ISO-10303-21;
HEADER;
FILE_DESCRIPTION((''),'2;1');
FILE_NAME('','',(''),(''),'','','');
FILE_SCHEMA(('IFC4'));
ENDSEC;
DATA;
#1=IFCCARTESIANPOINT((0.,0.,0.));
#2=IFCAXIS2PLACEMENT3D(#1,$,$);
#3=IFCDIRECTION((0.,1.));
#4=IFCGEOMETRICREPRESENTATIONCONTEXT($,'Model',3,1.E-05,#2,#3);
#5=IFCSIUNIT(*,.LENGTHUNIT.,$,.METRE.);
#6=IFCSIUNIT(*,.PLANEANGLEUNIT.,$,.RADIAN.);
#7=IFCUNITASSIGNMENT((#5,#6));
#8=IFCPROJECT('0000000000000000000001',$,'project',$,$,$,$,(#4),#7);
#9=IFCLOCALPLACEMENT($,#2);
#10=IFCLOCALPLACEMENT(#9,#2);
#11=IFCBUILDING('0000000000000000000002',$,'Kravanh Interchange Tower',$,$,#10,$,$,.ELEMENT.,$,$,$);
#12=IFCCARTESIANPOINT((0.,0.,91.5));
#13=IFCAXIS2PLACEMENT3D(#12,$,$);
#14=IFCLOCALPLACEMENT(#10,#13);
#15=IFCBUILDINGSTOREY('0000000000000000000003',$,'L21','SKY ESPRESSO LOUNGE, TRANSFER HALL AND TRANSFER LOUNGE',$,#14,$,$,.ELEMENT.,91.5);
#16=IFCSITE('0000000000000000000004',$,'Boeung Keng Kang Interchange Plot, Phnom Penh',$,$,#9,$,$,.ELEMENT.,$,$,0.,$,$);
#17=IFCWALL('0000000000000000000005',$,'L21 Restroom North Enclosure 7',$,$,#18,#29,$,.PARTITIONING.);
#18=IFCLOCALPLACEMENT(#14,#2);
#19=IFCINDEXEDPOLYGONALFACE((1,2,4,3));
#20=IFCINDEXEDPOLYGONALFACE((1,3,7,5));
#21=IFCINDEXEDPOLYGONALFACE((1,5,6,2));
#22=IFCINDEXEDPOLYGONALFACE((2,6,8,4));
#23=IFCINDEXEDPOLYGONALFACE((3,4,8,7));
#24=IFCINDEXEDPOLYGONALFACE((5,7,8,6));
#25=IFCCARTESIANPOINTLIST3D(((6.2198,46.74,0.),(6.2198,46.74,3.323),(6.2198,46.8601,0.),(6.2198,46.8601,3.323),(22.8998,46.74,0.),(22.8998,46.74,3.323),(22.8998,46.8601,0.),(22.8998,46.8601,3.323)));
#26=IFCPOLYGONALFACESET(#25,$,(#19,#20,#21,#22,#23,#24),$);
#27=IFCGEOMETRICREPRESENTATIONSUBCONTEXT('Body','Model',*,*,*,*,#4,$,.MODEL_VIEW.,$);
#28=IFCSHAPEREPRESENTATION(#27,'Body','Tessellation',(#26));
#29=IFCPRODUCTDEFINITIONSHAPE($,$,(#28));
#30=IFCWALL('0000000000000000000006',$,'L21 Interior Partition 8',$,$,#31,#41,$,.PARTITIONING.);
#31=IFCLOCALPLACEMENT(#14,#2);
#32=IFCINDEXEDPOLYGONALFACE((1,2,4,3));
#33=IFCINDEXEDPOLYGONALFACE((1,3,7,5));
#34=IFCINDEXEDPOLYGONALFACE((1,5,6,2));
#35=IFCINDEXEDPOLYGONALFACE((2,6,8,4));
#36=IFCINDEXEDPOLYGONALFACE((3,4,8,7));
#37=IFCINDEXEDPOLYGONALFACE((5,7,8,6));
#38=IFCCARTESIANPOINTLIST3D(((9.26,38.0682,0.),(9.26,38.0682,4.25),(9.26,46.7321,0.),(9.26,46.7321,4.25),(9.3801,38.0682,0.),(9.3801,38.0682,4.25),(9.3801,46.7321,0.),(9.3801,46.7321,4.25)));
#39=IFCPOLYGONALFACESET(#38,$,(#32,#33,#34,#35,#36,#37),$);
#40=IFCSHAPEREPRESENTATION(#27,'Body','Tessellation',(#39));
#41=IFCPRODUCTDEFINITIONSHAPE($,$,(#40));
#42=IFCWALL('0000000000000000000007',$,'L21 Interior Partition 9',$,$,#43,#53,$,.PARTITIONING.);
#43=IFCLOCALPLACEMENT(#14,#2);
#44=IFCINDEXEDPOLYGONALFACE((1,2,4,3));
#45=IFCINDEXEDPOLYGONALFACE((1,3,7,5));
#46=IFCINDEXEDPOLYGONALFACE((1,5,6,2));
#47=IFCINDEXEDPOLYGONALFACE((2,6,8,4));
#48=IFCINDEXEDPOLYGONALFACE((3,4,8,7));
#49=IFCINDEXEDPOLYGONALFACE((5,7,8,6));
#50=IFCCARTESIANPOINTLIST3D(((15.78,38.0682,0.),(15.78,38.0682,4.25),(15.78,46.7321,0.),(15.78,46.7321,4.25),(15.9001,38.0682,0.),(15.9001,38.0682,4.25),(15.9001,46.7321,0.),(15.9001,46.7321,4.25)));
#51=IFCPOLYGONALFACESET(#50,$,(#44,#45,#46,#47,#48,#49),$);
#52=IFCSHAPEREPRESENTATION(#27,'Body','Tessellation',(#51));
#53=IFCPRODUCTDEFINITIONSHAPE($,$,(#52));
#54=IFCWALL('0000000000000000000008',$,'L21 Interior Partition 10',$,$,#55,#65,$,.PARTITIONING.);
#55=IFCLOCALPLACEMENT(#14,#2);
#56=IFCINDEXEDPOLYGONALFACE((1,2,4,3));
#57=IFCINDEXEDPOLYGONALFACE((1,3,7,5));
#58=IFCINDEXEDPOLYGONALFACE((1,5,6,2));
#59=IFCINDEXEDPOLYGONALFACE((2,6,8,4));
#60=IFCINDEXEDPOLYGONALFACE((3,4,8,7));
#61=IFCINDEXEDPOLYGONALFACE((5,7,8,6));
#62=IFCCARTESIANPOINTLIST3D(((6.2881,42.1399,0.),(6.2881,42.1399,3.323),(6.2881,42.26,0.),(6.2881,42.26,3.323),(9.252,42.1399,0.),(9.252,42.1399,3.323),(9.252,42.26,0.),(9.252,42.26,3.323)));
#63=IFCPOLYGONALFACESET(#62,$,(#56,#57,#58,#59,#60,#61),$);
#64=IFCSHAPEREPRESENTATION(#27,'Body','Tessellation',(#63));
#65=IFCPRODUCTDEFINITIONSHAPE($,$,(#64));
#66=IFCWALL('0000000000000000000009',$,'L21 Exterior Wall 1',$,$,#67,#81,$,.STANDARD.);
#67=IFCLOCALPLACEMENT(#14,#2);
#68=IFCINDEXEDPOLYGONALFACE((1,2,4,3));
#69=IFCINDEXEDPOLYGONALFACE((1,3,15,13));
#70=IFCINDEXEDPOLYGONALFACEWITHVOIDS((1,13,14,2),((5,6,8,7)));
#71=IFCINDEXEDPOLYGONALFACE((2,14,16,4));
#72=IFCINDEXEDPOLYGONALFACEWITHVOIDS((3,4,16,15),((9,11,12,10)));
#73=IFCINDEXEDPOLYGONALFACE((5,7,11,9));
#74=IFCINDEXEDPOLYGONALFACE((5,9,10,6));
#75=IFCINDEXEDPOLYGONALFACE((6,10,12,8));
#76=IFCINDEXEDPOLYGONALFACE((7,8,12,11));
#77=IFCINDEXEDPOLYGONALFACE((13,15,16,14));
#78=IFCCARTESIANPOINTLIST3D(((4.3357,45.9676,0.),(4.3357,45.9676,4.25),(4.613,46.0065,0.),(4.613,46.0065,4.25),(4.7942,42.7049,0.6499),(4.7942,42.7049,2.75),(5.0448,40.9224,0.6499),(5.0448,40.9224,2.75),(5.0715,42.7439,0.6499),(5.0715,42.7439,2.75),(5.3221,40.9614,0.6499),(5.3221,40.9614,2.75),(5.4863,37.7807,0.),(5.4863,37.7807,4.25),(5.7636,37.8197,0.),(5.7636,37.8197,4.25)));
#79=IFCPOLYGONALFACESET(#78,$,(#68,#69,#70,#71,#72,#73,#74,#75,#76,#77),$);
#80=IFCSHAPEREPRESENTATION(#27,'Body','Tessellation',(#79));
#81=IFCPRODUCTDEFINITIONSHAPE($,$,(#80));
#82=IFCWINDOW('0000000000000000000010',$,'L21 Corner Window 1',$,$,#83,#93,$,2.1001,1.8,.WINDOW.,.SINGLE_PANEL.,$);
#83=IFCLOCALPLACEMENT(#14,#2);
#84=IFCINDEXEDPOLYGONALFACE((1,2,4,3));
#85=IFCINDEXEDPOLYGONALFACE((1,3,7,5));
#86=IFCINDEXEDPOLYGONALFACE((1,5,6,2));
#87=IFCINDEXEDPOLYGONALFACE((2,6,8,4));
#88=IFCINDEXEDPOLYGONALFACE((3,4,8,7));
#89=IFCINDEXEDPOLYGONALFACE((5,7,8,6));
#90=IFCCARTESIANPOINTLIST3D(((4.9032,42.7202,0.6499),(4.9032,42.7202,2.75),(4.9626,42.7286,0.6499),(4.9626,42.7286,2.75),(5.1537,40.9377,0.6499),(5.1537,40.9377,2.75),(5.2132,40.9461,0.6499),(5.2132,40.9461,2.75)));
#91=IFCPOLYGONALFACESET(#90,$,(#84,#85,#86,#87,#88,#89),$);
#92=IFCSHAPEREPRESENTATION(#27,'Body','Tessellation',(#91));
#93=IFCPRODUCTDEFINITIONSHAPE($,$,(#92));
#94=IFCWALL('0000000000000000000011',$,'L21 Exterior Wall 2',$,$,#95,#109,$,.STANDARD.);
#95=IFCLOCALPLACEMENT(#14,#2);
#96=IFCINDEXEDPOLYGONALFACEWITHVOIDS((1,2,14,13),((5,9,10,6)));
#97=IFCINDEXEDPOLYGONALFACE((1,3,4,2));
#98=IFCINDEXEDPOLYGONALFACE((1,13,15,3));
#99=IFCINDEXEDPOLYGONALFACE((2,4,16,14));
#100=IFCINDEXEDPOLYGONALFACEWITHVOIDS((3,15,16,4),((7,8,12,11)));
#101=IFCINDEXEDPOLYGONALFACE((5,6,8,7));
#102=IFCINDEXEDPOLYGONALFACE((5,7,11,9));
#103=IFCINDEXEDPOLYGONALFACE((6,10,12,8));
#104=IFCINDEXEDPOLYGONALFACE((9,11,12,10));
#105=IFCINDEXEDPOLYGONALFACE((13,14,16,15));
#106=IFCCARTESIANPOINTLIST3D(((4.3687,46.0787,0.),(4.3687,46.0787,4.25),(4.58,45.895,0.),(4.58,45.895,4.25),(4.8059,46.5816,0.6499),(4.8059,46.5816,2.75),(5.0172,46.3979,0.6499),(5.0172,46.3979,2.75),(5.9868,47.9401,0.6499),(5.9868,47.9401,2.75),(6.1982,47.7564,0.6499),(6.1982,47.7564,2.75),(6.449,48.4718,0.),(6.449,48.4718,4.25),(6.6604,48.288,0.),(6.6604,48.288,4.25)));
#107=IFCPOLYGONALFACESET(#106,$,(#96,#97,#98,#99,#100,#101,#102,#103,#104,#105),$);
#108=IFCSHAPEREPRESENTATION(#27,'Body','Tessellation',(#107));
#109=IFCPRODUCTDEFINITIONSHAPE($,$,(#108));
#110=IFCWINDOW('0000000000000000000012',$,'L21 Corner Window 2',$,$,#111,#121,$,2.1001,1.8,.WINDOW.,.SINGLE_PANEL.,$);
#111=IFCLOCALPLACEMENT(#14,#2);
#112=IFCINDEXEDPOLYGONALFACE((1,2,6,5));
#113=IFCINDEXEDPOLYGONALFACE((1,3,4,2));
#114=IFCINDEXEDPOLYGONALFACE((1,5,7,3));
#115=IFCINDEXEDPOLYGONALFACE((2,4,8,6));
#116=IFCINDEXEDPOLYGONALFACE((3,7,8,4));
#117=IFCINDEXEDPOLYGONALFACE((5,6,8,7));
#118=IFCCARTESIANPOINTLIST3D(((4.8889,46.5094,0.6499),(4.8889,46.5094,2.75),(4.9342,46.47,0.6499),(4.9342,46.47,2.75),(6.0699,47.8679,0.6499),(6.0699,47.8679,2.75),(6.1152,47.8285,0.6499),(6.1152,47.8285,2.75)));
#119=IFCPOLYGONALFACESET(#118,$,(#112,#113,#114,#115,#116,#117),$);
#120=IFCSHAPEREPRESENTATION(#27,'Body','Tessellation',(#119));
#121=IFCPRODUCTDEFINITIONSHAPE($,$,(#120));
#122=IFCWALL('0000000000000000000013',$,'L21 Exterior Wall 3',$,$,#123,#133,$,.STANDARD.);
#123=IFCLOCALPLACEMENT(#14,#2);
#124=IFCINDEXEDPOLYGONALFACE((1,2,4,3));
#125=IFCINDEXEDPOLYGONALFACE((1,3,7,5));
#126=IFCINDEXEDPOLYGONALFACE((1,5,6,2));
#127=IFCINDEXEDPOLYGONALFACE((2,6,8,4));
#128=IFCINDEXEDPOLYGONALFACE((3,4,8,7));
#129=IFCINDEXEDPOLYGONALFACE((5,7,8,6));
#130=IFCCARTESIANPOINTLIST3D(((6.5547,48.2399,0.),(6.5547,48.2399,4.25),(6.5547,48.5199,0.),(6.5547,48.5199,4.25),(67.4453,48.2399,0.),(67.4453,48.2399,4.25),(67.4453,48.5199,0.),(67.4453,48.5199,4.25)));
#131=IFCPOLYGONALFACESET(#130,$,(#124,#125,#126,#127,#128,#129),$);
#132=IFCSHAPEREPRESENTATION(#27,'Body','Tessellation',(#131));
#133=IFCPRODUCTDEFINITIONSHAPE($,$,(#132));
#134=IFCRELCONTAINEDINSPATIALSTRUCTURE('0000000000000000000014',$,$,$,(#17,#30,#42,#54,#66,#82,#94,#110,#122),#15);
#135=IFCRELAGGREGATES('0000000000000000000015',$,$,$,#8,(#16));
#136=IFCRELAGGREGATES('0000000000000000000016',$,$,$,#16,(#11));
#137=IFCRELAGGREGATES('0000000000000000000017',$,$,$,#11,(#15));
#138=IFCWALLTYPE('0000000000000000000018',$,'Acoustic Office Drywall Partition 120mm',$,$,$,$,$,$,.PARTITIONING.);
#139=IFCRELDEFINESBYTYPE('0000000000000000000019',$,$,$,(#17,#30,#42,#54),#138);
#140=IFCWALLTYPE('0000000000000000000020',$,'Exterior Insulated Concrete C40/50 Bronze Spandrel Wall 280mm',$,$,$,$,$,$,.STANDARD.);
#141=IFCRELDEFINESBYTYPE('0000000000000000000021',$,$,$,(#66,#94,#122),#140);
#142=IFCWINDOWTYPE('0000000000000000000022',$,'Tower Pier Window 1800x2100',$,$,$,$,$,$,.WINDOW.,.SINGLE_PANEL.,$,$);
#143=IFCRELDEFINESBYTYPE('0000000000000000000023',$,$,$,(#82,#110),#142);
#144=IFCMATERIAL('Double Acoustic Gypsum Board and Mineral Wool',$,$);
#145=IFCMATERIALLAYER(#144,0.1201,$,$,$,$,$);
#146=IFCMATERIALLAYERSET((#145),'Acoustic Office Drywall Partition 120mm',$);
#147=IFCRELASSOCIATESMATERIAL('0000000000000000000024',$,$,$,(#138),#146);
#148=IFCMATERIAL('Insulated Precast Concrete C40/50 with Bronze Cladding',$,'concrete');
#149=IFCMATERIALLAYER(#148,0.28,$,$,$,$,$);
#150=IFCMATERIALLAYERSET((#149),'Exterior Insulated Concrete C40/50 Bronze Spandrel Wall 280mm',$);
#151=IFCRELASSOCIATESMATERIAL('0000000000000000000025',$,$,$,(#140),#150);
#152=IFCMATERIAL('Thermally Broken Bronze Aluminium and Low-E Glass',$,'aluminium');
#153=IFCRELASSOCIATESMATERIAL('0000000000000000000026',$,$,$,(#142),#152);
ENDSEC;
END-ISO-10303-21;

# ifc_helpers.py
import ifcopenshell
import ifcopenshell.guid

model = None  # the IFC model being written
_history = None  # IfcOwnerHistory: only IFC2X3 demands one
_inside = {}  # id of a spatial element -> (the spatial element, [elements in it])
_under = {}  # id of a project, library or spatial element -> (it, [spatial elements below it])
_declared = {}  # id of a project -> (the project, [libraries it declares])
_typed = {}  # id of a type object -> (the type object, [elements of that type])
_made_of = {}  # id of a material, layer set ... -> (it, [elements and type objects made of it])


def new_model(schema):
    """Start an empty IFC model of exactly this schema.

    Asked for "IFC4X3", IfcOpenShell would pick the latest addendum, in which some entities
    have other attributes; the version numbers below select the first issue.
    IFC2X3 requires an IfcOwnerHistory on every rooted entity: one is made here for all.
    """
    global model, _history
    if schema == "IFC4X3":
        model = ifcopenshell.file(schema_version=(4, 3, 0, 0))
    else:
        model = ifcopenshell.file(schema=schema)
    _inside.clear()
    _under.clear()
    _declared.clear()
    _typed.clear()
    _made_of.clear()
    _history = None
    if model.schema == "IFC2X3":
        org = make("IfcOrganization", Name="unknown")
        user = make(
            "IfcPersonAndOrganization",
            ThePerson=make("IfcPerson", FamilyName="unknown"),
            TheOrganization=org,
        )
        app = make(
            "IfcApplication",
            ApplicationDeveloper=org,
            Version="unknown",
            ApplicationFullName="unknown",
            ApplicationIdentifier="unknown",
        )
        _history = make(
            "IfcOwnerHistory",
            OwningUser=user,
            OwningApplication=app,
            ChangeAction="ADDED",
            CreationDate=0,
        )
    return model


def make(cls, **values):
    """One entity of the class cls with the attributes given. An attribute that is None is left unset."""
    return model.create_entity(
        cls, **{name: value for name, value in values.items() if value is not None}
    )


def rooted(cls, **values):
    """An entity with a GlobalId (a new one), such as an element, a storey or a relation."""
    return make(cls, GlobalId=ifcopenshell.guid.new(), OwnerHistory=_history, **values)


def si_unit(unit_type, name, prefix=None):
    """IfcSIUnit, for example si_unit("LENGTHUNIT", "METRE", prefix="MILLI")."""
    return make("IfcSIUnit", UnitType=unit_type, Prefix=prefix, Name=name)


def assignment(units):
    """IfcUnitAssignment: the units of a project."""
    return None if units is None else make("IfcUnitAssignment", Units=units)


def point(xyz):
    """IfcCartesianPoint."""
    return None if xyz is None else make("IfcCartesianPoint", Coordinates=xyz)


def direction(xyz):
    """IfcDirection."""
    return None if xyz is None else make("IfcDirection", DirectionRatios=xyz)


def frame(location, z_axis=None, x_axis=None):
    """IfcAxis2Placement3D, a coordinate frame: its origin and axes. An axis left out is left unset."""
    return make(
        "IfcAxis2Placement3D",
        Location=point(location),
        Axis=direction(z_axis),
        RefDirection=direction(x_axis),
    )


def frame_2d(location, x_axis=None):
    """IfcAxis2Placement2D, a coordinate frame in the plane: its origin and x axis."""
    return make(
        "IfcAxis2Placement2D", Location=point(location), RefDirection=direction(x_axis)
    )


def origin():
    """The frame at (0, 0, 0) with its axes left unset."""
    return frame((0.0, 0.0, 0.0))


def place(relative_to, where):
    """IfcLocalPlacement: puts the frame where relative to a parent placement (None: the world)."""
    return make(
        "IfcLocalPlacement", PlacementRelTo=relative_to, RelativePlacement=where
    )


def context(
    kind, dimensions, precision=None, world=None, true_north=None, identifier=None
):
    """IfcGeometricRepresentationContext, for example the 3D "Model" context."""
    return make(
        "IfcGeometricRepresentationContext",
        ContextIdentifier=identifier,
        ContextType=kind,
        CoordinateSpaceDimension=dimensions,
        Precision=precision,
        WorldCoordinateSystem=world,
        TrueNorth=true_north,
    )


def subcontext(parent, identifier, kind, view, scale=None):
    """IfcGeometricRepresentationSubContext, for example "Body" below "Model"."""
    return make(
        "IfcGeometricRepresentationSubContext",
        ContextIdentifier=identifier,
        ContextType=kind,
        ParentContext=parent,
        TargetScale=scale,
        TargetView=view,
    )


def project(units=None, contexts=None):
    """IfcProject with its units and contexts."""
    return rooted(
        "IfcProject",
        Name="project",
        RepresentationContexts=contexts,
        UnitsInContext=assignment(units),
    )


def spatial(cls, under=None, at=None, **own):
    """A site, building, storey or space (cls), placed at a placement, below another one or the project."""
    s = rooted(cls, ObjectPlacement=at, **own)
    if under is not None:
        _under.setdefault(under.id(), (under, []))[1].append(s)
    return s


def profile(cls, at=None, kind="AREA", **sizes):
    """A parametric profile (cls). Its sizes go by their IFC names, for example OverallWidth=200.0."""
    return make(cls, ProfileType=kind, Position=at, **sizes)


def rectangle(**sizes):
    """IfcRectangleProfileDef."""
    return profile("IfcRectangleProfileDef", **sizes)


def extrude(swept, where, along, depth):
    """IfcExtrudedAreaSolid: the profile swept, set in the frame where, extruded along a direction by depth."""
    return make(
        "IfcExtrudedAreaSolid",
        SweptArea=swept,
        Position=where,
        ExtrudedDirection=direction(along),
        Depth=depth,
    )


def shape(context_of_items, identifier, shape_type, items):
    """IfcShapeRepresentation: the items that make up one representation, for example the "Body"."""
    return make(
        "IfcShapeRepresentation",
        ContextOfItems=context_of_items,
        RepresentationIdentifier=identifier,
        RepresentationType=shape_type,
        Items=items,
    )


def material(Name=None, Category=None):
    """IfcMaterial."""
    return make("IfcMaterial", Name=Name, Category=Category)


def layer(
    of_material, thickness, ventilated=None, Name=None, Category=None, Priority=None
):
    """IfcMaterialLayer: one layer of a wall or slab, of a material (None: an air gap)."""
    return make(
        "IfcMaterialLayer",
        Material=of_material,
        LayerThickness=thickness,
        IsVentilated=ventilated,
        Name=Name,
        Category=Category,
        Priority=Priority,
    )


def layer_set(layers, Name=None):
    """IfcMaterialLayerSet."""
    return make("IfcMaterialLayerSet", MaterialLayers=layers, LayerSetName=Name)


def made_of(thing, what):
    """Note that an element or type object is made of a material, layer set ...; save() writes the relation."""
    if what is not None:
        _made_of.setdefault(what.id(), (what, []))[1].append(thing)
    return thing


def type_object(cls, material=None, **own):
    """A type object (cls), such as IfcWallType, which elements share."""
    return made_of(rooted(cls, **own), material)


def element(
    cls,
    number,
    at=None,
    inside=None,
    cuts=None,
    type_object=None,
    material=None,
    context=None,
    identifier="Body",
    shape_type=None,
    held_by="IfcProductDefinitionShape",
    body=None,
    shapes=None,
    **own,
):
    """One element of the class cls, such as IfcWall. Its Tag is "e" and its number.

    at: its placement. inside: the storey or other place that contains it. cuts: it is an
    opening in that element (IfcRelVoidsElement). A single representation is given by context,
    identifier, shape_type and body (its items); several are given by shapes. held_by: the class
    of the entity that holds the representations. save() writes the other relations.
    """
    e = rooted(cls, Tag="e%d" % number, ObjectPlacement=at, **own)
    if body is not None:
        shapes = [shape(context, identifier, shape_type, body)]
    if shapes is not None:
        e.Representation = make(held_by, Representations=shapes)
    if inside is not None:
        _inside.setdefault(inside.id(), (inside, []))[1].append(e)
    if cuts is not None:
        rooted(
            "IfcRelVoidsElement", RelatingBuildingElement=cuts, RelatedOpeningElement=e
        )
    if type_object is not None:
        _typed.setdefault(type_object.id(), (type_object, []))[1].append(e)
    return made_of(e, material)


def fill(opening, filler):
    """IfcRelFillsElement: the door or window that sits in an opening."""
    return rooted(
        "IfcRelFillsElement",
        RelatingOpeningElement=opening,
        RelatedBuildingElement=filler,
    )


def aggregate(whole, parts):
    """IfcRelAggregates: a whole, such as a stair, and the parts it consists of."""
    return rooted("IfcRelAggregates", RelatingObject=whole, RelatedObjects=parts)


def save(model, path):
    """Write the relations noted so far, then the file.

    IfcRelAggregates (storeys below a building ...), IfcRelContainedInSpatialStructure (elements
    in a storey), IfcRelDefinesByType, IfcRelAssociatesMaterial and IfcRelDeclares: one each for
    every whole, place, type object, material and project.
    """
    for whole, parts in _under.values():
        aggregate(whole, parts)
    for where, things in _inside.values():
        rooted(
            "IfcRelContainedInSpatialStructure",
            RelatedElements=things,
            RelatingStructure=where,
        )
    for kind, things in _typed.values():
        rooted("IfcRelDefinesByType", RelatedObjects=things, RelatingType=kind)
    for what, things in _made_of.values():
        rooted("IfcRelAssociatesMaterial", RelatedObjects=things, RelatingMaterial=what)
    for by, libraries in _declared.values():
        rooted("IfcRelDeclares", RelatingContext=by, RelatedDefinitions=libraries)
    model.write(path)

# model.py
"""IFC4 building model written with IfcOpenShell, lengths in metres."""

from ifc_helpers import new_model, si_unit, direction, frame, frame_2d, origin, place, context, subcontext, project, spatial, rectangle, extrude, material, layer, layer_set, type_object, element, fill, save


model = new_model("IFC4")

# Units and contexts
model_context = context("Model", 3, precision=1e-05, world=origin(), true_north=direction((0.0, 1.0)))
body_context = subcontext(model_context, "Body", "Model", "MODEL_VIEW")
ifc_project = project(units=[si_unit("LENGTHUNIT", "METRE"), si_unit("PLANEANGLEUNIT", "RADIAN")], contexts=[model_context])

# Site, building, storey
site_placement = place(None, origin())
site = spatial("IfcSite", under=ifc_project, at=site_placement, Name="Boeung Keng Kang Interchange Plot, Phnom Penh", CompositionType="ELEMENT", RefElevation=0.0)
building_placement = place(site_placement, origin())
building = spatial("IfcBuilding", under=site, at=building_placement, Name="Kravanh Interchange Tower", CompositionType="ELEMENT")
storey_placement = place(building_placement, frame((0.0, 0.0, 91.5)))
storey = spatial("IfcBuildingStorey", under=building, at=storey_placement, Name="L21", Description="SKY ESPRESSO LOUNGE, TRANSFER HALL AND TRANSFER LOUNGE", CompositionType="ELEMENT", Elevation=91.5)

# Shared definitions
ifc_material_1 = material(Name="Double Acoustic Gypsum Board and Mineral Wool")
ifc_layer_1 = layer(ifc_material_1, 0.1201)
ifc_layer_set_1 = layer_set([ifc_layer_1], Name="Acoustic Office Drywall Partition 120mm")
wall_type_1 = type_object("IfcWallType", Name="Acoustic Office Drywall Partition 120mm", PredefinedType="PARTITIONING", material=ifc_layer_set_1)

# Walls
wall_1_placement = place(storey_placement, frame((6.22, 46.8, 0.0), z_axis=(0.0, 0.0, 1.0), x_axis=(1.0, 0.0, 0.0)))
element("IfcWall", 1, at=wall_1_placement, inside=storey, type_object=wall_type_1, Name="L21 Restroom North Enclosure 7", PredefinedType="PARTITIONING", context=body_context, shape_type="SweptSolid", body=[
    extrude(rectangle(XDim=16.6799, YDim=0.1201, at=frame_2d((8.3398, 0.0))), origin(), (0.0, 0.0, 1.0), 3.323),
])
for number, where, z_axis, x_axis, name in (
    (2, (9.3201, 38.0681, 0.0), (0.0, 0.0, 1.0), (0.0, 1.0, 0.0), "L21 Interior Partition 8"),
    (3, (15.8401, 38.0681, 0.0), (0.0, 0.0, 1.0), (0.0, 1.0, 0.0), "L21 Interior Partition 9"),
):
    element("IfcWall", number, at=place(storey_placement, frame(where, z_axis=z_axis, x_axis=x_axis)), inside=storey, type_object=wall_type_1, Name=name, PredefinedType="PARTITIONING", context=body_context, shape_type="SweptSolid", body=[
        extrude(rectangle(XDim=8.6638, YDim=0.1201, at=frame_2d((4.332, 0.0))), origin(), (0.0, 0.0, 1.0), 4.25),
    ])
wall_2_placement = place(storey_placement, frame((6.2881, 42.2, 0.0), z_axis=(0.0, 0.0, 1.0), x_axis=(1.0, 0.0, 0.0)))
element("IfcWall", 4, at=wall_2_placement, inside=storey, type_object=wall_type_1, Name="L21 Interior Partition 10", PredefinedType="PARTITIONING", context=body_context, shape_type="SweptSolid", body=[
    extrude(rectangle(XDim=2.9639, YDim=0.1201, at=frame_2d((1.4819, 0.0))), origin(), (0.0, 0.0, 1.0), 3.323),
])

# Walls, openings, windows
ifc_material_2 = material(Name="Insulated Precast Concrete C40/50 with Bronze Cladding", Category="concrete")
ifc_layer_2 = layer(ifc_material_2, 0.28)
ifc_layer_set_2 = layer_set([ifc_layer_2], Name="Exterior Insulated Concrete C40/50 Bronze Spandrel Wall 280mm")
wall_type_2 = type_object("IfcWallType", Name="Exterior Insulated Concrete C40/50 Bronze Spandrel Wall 280mm", PredefinedType="STANDARD", material=ifc_layer_set_2)
wall_3_placement = place(storey_placement, frame((5.625, 37.8, 0.0), z_axis=(0.0, 0.0, 1.0), x_axis=(-0.13918, 0.990267, 0.0)))
wall_3 = element("IfcWall", 5, at=wall_3_placement, inside=storey, type_object=wall_type_2, Name="L21 Exterior Wall 1", PredefinedType="STANDARD", context=body_context, shape_type="SweptSolid", body=[
    extrude(rectangle(XDim=8.2673, YDim=0.28, at=frame_2d((4.1338, 0.0))), origin(), (0.0, 0.0, 1.0), 4.25),
])
opening_1_placement = place(wall_3_placement, frame((3.1729, 0.0, 0.6499)))
opening_1 = element("IfcOpeningElement", 6, at=opening_1_placement, cuts=wall_3, PredefinedType="OPENING", context=body_context, shape_type="SweptSolid", body=[
    extrude(rectangle(XDim=1.8, YDim=2.1001, at=frame_2d((0.8999, 1.05))), frame((0.0, 0.1499, 0.0), z_axis=(0.0, -1.0, 0.0), x_axis=(1.0, 0.0, 0.0)), (0.0, 0.0, 1.0), 0.3),
])
ifc_material_3 = material(Name="Thermally Broken Bronze Aluminium and Low-E Glass", Category="aluminium")
window_type = type_object("IfcWindowType", Name="Tower Pier Window 1800x2100", PartitioningType="SINGLE_PANEL", PredefinedType="WINDOW", material=ifc_material_3)
window_1_placement = place(opening_1_placement, origin())
window_1 = element("IfcWindow", 7, at=window_1_placement, inside=storey, type_object=window_type, Name="L21 Corner Window 1", OverallHeight=2.1001, OverallWidth=1.8, PartitioningType="SINGLE_PANEL", PredefinedType="WINDOW", context=body_context, shape_type="SweptSolid", body=[
    extrude(rectangle(XDim=1.8, YDim=2.1001, at=frame_2d((0.8999, 1.05))), frame((0.0, 0.03, 0.0), z_axis=(0.0, -1.0, 0.0), x_axis=(1.0, 0.0, 0.0)), (0.0, 0.0, 1.0), 0.0601),
])
fill(opening_1, window_1)
wall_4_placement = place(storey_placement, frame((4.4744, 45.9868, 0.0), z_axis=(0.0, 0.0, 1.0), x_axis=(0.65607, 0.7547, 0.0)))
wall_4 = element("IfcWall", 8, at=wall_4_placement, inside=storey, type_object=wall_type_2, Name="L21 Exterior Wall 2", PredefinedType="STANDARD", context=body_context, shape_type="SweptSolid", body=[
    extrude(rectangle(XDim=3.1709, YDim=0.28, at=frame_2d((1.5854, 0.0))), origin(), (0.0, 0.0, 1.0), 4.25),
])
opening_2_placement = place(wall_4_placement, frame((0.6665, 0.0, 0.6499)))
opening_2 = element("IfcOpeningElement", 9, at=opening_2_placement, cuts=wall_4, PredefinedType="OPENING", context=body_context, shape_type="SweptSolid", body=[
    extrude(rectangle(XDim=1.8, YDim=2.1001, at=frame_2d((0.8999, 1.05))), frame((0.0, 0.1499, 0.0), z_axis=(0.0, -1.0, 0.0), x_axis=(1.0, 0.0, 0.0)), (0.0, 0.0, 1.0), 0.3),
])
window_2_placement = place(opening_2_placement, origin())
window_2 = element("IfcWindow", 10, at=window_2_placement, inside=storey, type_object=window_type, Name="L21 Corner Window 2", OverallHeight=2.1001, OverallWidth=1.8, PartitioningType="SINGLE_PANEL", PredefinedType="WINDOW", context=body_context, shape_type="SweptSolid", body=[
    extrude(rectangle(XDim=1.8, YDim=2.1001, at=frame_2d((0.8999, 1.05))), frame((0.0, 0.03, 0.0), z_axis=(0.0, -1.0, 0.0), x_axis=(1.0, 0.0, 0.0)), (0.0, 0.0, 1.0), 0.0601),
])
fill(opening_2, window_2)

# Wall
wall_5_placement = place(storey_placement, frame((6.5547, 48.3799, 0.0), z_axis=(0.0, 0.0, 1.0), x_axis=(1.0, 0.0, 0.0)))
element("IfcWall", 11, at=wall_5_placement, inside=storey, type_object=wall_type_2, Name="L21 Exterior Wall 3", PredefinedType="STANDARD", context=body_context, shape_type="SweptSolid", body=[
    extrude(rectangle(XDim=60.8906, YDim=0.28, at=frame_2d((30.4453, 0.0))), origin(), (0.0, 0.0, 1.0), 4.25),
])

save(model, "model.ifc")
